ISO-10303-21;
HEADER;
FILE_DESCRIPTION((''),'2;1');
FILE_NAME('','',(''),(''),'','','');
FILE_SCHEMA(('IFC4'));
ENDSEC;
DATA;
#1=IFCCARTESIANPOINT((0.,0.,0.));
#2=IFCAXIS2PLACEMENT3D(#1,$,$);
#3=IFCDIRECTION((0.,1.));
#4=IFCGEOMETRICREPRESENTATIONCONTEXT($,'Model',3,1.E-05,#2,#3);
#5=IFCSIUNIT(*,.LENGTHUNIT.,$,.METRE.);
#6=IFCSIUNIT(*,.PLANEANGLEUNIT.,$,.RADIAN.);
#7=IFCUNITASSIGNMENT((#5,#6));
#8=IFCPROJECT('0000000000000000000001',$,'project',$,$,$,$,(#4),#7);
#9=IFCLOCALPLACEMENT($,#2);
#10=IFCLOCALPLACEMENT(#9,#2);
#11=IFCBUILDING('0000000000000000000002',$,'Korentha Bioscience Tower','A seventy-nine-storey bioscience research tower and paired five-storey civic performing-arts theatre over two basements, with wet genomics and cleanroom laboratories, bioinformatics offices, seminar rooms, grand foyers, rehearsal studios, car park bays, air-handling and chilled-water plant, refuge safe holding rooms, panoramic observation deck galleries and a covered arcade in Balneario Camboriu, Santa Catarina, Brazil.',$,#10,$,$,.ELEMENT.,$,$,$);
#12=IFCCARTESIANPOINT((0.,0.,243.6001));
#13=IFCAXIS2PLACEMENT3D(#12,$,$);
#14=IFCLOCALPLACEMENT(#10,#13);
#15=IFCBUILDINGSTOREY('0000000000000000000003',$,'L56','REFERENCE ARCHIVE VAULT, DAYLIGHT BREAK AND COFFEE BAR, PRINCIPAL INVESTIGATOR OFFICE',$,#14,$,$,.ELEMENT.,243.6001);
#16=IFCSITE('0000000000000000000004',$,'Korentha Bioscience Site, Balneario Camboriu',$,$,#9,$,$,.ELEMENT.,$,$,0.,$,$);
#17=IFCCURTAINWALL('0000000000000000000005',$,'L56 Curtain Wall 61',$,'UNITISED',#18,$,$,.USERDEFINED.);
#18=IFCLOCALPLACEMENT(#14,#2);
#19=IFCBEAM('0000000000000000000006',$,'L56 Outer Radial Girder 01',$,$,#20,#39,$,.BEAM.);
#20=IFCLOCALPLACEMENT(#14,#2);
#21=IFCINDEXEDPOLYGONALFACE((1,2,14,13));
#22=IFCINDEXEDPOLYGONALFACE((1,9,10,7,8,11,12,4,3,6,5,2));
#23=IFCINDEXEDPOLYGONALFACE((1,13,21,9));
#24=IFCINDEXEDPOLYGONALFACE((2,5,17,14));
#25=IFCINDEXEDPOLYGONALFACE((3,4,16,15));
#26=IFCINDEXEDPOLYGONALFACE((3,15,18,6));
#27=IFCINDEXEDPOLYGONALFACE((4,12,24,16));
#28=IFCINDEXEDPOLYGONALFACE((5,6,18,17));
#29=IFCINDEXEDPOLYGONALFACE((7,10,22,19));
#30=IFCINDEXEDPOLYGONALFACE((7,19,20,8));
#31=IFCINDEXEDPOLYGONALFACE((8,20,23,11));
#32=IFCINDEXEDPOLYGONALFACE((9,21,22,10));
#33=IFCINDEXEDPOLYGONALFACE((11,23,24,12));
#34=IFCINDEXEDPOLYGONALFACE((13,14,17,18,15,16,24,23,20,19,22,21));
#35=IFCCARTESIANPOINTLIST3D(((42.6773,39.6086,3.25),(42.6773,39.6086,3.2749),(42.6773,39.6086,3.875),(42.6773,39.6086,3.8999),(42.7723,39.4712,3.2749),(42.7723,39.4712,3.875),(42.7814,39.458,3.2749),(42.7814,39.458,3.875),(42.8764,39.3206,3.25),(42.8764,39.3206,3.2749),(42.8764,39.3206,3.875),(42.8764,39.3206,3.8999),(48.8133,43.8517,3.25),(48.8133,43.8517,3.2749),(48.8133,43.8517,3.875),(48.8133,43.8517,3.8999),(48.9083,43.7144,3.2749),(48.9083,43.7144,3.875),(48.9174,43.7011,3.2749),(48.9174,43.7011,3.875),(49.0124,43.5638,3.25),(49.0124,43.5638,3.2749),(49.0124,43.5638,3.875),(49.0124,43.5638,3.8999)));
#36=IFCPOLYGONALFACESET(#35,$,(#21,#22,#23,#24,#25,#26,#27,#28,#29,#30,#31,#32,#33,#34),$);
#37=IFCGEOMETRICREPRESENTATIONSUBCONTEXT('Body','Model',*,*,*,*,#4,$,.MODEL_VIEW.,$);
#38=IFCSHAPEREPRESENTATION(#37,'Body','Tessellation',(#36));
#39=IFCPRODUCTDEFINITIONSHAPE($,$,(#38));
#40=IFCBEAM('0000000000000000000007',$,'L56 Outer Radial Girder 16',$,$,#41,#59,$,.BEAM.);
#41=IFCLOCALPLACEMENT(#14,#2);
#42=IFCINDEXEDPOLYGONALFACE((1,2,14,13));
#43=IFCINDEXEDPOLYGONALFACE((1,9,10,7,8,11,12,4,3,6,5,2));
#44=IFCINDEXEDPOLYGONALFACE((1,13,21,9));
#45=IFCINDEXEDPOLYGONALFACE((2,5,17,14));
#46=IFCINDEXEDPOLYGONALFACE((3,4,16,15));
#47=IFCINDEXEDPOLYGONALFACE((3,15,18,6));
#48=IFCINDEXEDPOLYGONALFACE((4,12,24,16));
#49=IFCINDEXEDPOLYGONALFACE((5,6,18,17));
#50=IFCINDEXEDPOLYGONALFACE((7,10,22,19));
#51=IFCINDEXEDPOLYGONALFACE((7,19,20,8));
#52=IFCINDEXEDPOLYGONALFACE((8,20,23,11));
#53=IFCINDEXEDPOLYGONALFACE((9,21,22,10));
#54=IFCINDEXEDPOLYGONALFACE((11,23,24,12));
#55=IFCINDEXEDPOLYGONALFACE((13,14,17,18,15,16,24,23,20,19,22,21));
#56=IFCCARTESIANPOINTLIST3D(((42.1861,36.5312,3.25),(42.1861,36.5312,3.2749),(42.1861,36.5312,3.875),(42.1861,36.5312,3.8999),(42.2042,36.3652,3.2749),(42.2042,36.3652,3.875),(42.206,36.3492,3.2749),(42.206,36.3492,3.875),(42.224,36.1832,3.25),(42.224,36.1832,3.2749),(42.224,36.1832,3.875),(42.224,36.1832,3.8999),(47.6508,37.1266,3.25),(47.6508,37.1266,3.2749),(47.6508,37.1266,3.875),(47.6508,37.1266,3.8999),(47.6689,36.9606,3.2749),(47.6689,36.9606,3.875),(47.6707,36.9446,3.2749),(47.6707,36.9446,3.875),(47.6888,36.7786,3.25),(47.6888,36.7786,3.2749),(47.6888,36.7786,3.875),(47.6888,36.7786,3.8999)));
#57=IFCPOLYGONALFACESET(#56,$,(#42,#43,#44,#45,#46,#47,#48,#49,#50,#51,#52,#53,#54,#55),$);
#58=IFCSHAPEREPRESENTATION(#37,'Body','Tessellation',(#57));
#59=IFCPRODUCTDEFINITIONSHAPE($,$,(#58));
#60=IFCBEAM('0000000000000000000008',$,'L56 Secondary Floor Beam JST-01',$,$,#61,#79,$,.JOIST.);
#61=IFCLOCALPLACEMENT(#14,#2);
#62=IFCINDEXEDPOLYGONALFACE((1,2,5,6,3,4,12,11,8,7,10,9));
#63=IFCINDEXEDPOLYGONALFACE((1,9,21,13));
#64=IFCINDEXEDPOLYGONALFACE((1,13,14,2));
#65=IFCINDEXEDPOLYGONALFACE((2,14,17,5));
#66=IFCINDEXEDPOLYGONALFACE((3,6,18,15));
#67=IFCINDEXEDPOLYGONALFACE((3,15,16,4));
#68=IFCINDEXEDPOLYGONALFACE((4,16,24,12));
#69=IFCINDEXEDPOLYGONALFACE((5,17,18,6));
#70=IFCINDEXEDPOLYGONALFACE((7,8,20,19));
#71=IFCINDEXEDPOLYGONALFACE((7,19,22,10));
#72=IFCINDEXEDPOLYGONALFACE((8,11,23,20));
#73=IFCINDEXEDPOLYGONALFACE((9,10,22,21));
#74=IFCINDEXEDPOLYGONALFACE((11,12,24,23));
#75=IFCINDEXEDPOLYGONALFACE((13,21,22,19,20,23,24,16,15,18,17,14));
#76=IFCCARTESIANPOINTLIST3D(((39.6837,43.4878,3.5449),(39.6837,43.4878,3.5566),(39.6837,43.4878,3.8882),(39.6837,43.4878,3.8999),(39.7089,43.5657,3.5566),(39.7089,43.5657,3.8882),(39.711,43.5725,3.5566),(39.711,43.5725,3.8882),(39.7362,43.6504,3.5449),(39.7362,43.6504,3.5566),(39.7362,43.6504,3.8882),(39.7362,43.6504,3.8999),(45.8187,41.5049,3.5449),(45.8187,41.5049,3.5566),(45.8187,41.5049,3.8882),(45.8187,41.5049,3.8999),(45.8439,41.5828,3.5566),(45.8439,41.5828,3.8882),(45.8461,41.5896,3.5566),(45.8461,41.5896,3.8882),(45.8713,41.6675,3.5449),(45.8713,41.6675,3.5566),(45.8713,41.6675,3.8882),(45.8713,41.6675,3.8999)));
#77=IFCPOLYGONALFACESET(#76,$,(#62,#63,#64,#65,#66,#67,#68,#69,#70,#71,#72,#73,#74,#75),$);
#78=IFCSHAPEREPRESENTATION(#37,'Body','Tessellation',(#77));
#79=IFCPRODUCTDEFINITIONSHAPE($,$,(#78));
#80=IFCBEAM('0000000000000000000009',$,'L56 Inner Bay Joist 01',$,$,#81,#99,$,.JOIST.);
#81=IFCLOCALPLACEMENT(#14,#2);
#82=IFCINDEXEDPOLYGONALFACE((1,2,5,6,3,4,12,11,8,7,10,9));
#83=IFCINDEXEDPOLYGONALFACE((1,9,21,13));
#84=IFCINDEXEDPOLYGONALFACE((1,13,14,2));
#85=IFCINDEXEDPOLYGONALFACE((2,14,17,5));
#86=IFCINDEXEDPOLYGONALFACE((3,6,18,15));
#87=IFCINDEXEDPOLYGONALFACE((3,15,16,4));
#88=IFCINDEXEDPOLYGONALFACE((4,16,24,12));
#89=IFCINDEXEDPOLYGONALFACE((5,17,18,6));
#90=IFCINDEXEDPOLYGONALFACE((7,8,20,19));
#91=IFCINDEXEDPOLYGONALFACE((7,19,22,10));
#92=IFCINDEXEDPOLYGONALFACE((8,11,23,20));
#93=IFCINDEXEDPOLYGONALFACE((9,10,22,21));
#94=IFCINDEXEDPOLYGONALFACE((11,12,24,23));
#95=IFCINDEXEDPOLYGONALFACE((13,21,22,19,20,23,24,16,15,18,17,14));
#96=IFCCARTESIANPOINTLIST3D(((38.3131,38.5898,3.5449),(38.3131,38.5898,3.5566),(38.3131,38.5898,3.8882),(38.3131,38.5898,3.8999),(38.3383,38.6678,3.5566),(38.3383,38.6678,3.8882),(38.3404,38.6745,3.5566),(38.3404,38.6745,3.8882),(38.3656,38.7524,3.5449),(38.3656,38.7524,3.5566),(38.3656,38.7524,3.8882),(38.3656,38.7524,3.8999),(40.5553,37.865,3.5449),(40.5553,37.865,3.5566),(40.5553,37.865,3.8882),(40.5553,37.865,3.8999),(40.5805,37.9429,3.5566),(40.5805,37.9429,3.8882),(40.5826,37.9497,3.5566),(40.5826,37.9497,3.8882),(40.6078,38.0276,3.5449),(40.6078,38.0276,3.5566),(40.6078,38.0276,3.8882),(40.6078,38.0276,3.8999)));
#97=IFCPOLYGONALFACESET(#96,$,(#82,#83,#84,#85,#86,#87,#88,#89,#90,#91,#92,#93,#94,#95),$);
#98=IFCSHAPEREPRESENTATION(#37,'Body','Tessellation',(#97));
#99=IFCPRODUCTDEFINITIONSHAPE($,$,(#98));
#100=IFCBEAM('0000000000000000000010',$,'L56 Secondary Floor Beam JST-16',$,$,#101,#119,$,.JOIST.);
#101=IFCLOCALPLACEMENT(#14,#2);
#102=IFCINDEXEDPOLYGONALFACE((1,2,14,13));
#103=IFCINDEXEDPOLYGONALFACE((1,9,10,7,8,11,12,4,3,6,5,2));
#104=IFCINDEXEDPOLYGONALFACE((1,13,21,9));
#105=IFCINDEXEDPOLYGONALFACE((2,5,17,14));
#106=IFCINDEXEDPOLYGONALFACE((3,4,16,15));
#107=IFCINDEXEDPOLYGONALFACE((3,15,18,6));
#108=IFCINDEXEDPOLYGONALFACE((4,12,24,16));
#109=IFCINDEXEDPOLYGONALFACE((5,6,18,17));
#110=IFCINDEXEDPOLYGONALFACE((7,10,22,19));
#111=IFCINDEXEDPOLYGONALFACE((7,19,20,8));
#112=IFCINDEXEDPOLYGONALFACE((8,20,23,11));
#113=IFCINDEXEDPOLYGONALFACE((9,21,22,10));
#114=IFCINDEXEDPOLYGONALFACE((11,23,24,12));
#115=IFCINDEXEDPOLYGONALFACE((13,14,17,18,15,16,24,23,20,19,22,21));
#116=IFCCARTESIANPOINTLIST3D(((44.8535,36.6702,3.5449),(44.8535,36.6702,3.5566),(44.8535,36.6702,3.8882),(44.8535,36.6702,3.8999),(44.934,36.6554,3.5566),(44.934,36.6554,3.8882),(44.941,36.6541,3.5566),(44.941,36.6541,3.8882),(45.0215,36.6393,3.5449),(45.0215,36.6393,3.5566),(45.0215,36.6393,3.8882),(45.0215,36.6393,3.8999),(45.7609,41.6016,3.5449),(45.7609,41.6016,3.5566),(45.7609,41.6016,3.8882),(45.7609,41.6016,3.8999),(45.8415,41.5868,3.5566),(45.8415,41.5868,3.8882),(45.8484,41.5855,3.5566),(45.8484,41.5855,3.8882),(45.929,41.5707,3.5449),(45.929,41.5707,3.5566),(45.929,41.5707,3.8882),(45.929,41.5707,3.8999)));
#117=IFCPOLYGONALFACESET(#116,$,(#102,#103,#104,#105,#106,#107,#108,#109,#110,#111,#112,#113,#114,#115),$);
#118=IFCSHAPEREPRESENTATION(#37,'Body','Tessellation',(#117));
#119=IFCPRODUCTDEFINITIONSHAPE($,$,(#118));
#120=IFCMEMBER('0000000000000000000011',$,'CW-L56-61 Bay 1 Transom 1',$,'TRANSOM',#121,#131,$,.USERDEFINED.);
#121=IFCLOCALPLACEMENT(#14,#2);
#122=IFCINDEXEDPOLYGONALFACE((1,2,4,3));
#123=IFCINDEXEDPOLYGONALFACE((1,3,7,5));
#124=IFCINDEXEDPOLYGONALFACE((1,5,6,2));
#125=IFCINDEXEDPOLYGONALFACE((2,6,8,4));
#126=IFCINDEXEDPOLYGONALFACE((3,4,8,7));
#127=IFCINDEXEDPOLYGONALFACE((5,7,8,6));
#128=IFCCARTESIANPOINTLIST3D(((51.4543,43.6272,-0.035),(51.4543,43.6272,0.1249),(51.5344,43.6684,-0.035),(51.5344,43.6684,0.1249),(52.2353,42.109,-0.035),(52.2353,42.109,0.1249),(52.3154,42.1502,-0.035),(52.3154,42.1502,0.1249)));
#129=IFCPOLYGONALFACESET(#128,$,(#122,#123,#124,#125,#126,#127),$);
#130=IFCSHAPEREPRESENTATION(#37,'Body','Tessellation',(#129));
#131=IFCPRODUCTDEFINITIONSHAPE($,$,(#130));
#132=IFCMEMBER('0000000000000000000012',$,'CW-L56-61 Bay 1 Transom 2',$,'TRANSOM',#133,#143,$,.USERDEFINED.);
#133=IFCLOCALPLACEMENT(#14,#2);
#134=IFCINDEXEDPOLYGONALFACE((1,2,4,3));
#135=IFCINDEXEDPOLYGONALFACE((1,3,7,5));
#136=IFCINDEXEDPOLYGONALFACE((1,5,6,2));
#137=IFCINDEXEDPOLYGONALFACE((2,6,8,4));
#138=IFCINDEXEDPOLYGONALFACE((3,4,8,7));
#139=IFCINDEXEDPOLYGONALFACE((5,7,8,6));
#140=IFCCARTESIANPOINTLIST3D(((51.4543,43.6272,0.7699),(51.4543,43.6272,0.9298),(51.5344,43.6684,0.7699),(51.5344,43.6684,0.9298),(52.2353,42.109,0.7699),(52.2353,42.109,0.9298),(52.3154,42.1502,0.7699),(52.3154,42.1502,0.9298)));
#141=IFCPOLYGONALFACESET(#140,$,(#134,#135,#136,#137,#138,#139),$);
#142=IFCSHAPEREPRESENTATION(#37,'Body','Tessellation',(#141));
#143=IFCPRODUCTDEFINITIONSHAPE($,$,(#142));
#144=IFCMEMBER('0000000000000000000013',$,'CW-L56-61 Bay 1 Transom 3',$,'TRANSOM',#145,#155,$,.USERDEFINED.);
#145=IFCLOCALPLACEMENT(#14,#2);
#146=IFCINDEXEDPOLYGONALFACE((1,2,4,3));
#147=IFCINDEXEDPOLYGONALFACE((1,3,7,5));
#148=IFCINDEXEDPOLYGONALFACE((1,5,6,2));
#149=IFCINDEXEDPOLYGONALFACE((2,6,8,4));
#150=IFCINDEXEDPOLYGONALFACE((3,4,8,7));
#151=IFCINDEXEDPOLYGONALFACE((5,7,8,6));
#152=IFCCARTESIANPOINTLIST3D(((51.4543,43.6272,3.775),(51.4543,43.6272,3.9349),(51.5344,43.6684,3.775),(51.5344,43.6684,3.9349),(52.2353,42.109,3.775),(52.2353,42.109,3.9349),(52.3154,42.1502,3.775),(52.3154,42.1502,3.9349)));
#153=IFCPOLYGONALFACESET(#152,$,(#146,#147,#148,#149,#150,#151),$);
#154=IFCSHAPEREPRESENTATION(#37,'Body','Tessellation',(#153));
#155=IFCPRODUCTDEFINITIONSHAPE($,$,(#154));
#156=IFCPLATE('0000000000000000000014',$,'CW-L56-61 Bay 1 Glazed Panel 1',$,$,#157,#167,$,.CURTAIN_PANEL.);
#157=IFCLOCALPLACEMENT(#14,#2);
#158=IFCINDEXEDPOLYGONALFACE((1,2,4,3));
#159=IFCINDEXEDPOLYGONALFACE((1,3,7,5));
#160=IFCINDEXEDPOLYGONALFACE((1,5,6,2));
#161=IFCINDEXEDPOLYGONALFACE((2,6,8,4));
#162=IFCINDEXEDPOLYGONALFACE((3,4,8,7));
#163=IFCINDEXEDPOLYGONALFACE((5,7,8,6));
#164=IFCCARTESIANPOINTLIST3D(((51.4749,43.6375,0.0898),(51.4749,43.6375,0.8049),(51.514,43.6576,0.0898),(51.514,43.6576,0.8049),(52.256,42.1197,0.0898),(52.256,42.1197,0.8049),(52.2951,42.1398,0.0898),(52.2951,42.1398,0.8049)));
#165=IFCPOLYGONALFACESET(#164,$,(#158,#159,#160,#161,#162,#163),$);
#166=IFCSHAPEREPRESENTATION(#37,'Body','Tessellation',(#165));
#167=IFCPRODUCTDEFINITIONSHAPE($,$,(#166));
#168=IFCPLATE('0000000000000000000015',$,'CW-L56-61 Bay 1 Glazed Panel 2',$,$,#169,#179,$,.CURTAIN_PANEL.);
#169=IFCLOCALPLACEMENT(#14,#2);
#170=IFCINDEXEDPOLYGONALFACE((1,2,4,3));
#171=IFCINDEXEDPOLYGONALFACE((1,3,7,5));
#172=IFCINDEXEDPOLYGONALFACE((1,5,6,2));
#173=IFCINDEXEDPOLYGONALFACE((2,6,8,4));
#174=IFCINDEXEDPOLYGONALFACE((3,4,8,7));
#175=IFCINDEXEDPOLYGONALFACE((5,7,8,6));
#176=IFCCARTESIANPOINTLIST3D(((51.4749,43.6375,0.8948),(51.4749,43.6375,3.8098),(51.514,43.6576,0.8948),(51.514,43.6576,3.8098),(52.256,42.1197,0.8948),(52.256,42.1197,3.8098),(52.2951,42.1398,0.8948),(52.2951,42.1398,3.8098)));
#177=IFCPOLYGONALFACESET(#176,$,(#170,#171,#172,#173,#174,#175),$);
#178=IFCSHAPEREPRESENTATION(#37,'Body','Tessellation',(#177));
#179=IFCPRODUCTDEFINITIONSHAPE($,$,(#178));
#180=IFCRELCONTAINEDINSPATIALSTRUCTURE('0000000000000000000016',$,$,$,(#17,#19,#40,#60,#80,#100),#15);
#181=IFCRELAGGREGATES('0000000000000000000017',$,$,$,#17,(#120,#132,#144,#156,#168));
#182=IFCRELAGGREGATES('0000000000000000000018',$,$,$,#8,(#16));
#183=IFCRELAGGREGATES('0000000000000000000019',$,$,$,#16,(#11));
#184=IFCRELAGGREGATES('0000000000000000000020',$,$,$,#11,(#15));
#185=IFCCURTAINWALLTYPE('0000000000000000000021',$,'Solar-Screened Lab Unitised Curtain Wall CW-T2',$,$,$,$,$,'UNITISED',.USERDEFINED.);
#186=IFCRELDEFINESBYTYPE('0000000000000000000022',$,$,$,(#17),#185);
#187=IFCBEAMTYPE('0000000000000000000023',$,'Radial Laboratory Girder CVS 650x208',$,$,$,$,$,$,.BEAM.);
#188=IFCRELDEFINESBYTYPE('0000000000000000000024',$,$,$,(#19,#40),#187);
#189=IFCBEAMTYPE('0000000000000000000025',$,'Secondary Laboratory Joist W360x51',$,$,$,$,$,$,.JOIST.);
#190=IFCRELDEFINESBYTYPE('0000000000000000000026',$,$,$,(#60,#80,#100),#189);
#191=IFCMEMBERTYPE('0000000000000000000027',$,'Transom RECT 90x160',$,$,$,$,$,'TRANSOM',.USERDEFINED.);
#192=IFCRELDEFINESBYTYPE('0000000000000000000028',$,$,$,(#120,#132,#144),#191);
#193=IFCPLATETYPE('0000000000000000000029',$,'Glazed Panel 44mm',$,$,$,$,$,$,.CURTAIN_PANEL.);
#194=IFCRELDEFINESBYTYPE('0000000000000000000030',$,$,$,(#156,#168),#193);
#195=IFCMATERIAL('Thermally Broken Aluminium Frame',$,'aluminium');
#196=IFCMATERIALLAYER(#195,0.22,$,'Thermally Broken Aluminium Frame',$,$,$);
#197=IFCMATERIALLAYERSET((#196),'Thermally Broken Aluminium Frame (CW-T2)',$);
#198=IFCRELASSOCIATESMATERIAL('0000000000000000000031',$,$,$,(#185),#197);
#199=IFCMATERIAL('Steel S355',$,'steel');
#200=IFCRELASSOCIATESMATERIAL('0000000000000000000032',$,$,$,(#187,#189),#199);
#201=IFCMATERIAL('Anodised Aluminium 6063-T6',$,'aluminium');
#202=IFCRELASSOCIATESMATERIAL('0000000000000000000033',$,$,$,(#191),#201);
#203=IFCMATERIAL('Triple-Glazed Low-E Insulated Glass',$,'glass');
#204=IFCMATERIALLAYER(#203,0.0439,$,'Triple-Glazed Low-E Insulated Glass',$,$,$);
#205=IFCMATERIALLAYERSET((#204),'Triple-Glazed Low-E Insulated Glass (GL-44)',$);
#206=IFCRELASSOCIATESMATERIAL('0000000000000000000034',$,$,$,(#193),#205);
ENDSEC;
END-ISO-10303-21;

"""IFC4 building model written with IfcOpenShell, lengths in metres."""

from ifc_helpers import new_model, si_unit, direction, frame, origin, origin_2d, place, context, subcontext, project, spatial, rectangle, i_section, extrude, material, layer, layer_set, material_profile, profile_set, type_object, element, aggregate, save


model = new_model("IFC4")

# Units and contexts
model_context = context("Model", 3, precision=1e-05, world=origin(), true_north=direction((0.0, 1.0)))
body_context = subcontext(model_context, "Body", "Model", "MODEL_VIEW")
ifc_project = project(units=[si_unit("LENGTHUNIT", "METRE"), si_unit("PLANEANGLEUNIT", "RADIAN")], contexts=[model_context])

# Site, building, storey
site_placement = place(None, origin())
site = spatial("IfcSite", under=ifc_project, at=site_placement, Name="Korentha Bioscience Site, Balneario Camboriu", CompositionType="ELEMENT", RefElevation=0.0)
building_placement = place(site_placement, origin())
building = spatial("IfcBuilding", under=site, at=building_placement, Name="Korentha Bioscience Tower", Description="A seventy-nine-storey bioscience research tower and paired five-storey civic performing-arts theatre over two basements, with wet genomics and cleanroom laboratories, bioinformatics offices, seminar rooms, grand foyers, rehearsal studios, car park bays, air-handling and chilled-water plant, refuge safe holding rooms, panoramic observation deck galleries and a covered arcade in Balneario Camboriu, Santa Catarina, Brazil.", CompositionType="ELEMENT")
storey_placement = place(building_placement, frame((0.0, 0.0, 243.6001)))
storey = spatial("IfcBuildingStorey", under=building, at=storey_placement, Name="L56", Description="REFERENCE ARCHIVE VAULT, DAYLIGHT BREAK AND COFFEE BAR, PRINCIPAL INVESTIGATOR OFFICE", CompositionType="ELEMENT", Elevation=243.6001)

# Shared definitions
ifc_material_1 = material(Name="Steel S355", Category="steel")

# Curtain wall
ifc_material_2 = material(Name="Thermally Broken Aluminium Frame", Category="aluminium")
ifc_layer_1 = layer(ifc_material_2, 0.22, Name="Thermally Broken Aluminium Frame")
ifc_layer_set_1 = layer_set([ifc_layer_1], Name="Thermally Broken Aluminium Frame (CW-T2)")
curtain_wall_type = type_object("IfcCurtainWallType", Name="Solar-Screened Lab Unitised Curtain Wall CW-T2", ElementType="UNITISED", PredefinedType="USERDEFINED", material=ifc_layer_set_1)
curtain_wall_placement = place(storey_placement, origin())
curtain_wall = element("IfcCurtainWall", 1, at=curtain_wall_placement, inside=storey, type_object=curtain_wall_type, Name="L56 Curtain Wall 61", ObjectType="UNITISED", PredefinedType="USERDEFINED")
ifc_material_3 = material(Name="Anodised Aluminium 6063-T6", Category="aluminium")

# Beams
ifc_material_profile_1 = material_profile(ifc_material_1, i_section(OverallWidth=0.3501, OverallDepth=0.6499, WebThickness=0.0161, FlangeThickness=0.0249, at=origin_2d()), Name="Steel S355")
ifc_profile_set_1 = profile_set([ifc_material_profile_1], Name="Steel S355 (RB-650)")
beam_type_1 = type_object("IfcBeamType", Name="Radial Laboratory Girder CVS 650x208", PredefinedType="BEAM", material=ifc_profile_set_1)
beam_1_placement = place(storey_placement, frame((42.7769, 39.4646, 3.575), z_axis=(0.822495, 0.568773, 0.0), x_axis=(-0.568773, 0.822495, 0.0)))
element("IfcBeam", 2, at=beam_1_placement, inside=storey, type_object=beam_type_1, Name="L56 Outer Radial Girder 01", PredefinedType="BEAM", context=body_context, shape_type="SweptSolid", body=[
    extrude(i_section(OverallWidth=0.3501, OverallDepth=0.6499, WebThickness=0.0161, FlangeThickness=0.0249, at=origin_2d()), origin(), (0.0, 0.0, 1.0), 7.4602),
])
beam_2_placement = place(storey_placement, frame((42.2051, 36.3572, 3.575), z_axis=(0.994116, 0.108321, 0.0), x_axis=(-0.108321, 0.994116, 0.0)))
element("IfcBeam", 3, at=beam_2_placement, inside=storey, type_object=beam_type_1, Name="L56 Outer Radial Girder 16", PredefinedType="BEAM", context=body_context, shape_type="SweptSolid", body=[
    extrude(i_section(OverallWidth=0.3501, OverallDepth=0.6499, WebThickness=0.0161, FlangeThickness=0.0249, at=origin_2d()), origin(), (0.0, 0.0, 1.0), 5.4971),
])
ifc_material_profile_2 = material_profile(ifc_material_1, i_section(OverallWidth=0.1709, OverallDepth=0.355, WebThickness=0.0071, FlangeThickness=0.0117, at=origin_2d()), Name="Steel S355")
ifc_profile_set_2 = profile_set([ifc_material_profile_2], Name="Steel S355 (JB-360)")
beam_type_2 = type_object("IfcBeamType", Name="Secondary Laboratory Joist W360x51", PredefinedType="JOIST", material=ifc_profile_set_2)
beam_3_placement = place(storey_placement, frame((45.845, 41.5862, 3.7224), z_axis=(-0.951533, 0.307547, 0.0), x_axis=(-0.307547, -0.951533, 0.0)))
element("IfcBeam", 4, at=beam_3_placement, inside=storey, type_object=beam_type_2, Name="L56 Secondary Floor Beam JST-01", PredefinedType="JOIST", context=body_context, shape_type="SweptSolid", body=[
    extrude(i_section(OverallWidth=0.1709, OverallDepth=0.355, WebThickness=0.0071, FlangeThickness=0.0117, at=origin_2d()), origin(), (0.0, 0.0, 1.0), 6.4475),
])
beam_4_placement = place(storey_placement, frame((40.5815, 37.9463, 3.7224), z_axis=(-0.951514, 0.307605, 0.0), x_axis=(-0.307605, -0.951514, 0.0)))
element("IfcBeam", 5, at=beam_4_placement, inside=storey, type_object=beam_type_2, Name="L56 Inner Bay Joist 01", PredefinedType="JOIST", context=body_context, shape_type="SweptSolid", body=[
    extrude(i_section(OverallWidth=0.1709, OverallDepth=0.355, WebThickness=0.0071, FlangeThickness=0.0117, at=origin_2d()), origin(), (0.0, 0.0, 1.0), 2.3564),
])
beam_5_placement = place(storey_placement, frame((44.9375, 36.6548, 3.7224), z_axis=(0.18098, 0.983487, 0.0), x_axis=(-0.983487, 0.18098, 0.0)))
element("IfcBeam", 6, at=beam_5_placement, inside=storey, type_object=beam_type_2, Name="L56 Secondary Floor Beam JST-16", PredefinedType="JOIST", context=body_context, shape_type="SweptSolid", body=[
    extrude(i_section(OverallWidth=0.1709, OverallDepth=0.355, WebThickness=0.0071, FlangeThickness=0.0117, at=origin_2d()), origin(), (0.0, 0.0, 1.0), 5.0142),
])

# Members
ifc_material_profile_3 = material_profile(ifc_material_3, rectangle(XDim=0.0901, YDim=0.1599, at=origin_2d()), Name="Anodised Aluminium 6063-T6")
ifc_profile_set_3 = profile_set([ifc_material_profile_3], Name="Anodised Aluminium 6063-T6 (CW-TRN)")
member_type_1 = type_object("IfcMemberType", Name="Transom RECT 90x160", ElementType="TRANSOM", PredefinedType="USERDEFINED", material=ifc_profile_set_3)
member_1_placement = place(storey_placement, frame((52.2754, 42.1296, 0.0449), z_axis=(-0.45748, 0.88922, 0.0), x_axis=(-0.88922, -0.45748, 0.0)))
member_1 = element("IfcMember", 7, at=member_1_placement, type_object=member_type_1, Name="CW-L56-61 Bay 1 Transom 1", ObjectType="TRANSOM", PredefinedType="USERDEFINED", context=body_context, shape_type="SweptSolid", body=[
    extrude(rectangle(XDim=0.0901, YDim=0.1599, at=origin_2d()), origin(), (0.0, 0.0, 1.0), 1.7073),
])
member_2_placement = place(storey_placement, frame((52.2754, 42.1296, 0.8499), z_axis=(-0.45748, 0.88922, 0.0), x_axis=(-0.88922, -0.45748, 0.0)))
member_2 = element("IfcMember", 8, at=member_2_placement, type_object=member_type_1, Name="CW-L56-61 Bay 1 Transom 2", ObjectType="TRANSOM", PredefinedType="USERDEFINED", context=body_context, shape_type="SweptSolid", body=[
    extrude(rectangle(XDim=0.0901, YDim=0.1599, at=origin_2d()), origin(), (0.0, 0.0, 1.0), 1.7073),
])
member_3_placement = place(storey_placement, frame((52.2754, 42.1296, 3.855), z_axis=(-0.45748, 0.88922, 0.0), x_axis=(-0.88922, -0.45748, 0.0)))
member_3 = element("IfcMember", 9, at=member_3_placement, type_object=member_type_1, Name="CW-L56-61 Bay 1 Transom 3", ObjectType="TRANSOM", PredefinedType="USERDEFINED", context=body_context, shape_type="SweptSolid", body=[
    extrude(rectangle(XDim=0.0901, YDim=0.1599, at=origin_2d()), origin(), (0.0, 0.0, 1.0), 1.7073),
])

# Plates
ifc_material_4 = material(Name="Triple-Glazed Low-E Insulated Glass", Category="glass")
ifc_layer_2 = layer(ifc_material_4, 0.0439, Name="Triple-Glazed Low-E Insulated Glass")
ifc_layer_set_2 = layer_set([ifc_layer_2], Name="Triple-Glazed Low-E Insulated Glass (GL-44)")
plate_type = type_object("IfcPlateType", Name="Glazed Panel 44mm", PredefinedType="CURTAIN_PANEL", material=ifc_layer_set_2)
plate_1_placement = place(storey_placement, frame((51.885, 42.8887, 0.0898), z_axis=(0.0, 0.0, 1.0), x_axis=(-0.45757, 0.889174, 0.0)))
plate_1 = element("IfcPlate", 10, at=plate_1_placement, type_object=plate_type, Name="CW-L56-61 Bay 1 Glazed Panel 1", PredefinedType="CURTAIN_PANEL", context=body_context, shape_type="SweptSolid", body=[
    extrude(rectangle(XDim=1.707, YDim=0.0439, at=origin_2d()), origin(), (0.0, 0.0, 1.0), 0.7151),
])
plate_2_placement = place(storey_placement, frame((51.885, 42.8887, 0.8948), z_axis=(0.0, 0.0, 1.0), x_axis=(-0.45757, 0.889174, 0.0)))
plate_2 = element("IfcPlate", 11, at=plate_2_placement, type_object=plate_type, Name="CW-L56-61 Bay 1 Glazed Panel 2", PredefinedType="CURTAIN_PANEL", context=body_context, shape_type="SweptSolid", body=[
    extrude(rectangle(XDim=1.707, YDim=0.0439, at=origin_2d()), origin(), (0.0, 0.0, 1.0), 2.915),
])
aggregate(curtain_wall, [member_1, member_2, member_3, plate_1, plate_2])

save(model, "model.ifc")
